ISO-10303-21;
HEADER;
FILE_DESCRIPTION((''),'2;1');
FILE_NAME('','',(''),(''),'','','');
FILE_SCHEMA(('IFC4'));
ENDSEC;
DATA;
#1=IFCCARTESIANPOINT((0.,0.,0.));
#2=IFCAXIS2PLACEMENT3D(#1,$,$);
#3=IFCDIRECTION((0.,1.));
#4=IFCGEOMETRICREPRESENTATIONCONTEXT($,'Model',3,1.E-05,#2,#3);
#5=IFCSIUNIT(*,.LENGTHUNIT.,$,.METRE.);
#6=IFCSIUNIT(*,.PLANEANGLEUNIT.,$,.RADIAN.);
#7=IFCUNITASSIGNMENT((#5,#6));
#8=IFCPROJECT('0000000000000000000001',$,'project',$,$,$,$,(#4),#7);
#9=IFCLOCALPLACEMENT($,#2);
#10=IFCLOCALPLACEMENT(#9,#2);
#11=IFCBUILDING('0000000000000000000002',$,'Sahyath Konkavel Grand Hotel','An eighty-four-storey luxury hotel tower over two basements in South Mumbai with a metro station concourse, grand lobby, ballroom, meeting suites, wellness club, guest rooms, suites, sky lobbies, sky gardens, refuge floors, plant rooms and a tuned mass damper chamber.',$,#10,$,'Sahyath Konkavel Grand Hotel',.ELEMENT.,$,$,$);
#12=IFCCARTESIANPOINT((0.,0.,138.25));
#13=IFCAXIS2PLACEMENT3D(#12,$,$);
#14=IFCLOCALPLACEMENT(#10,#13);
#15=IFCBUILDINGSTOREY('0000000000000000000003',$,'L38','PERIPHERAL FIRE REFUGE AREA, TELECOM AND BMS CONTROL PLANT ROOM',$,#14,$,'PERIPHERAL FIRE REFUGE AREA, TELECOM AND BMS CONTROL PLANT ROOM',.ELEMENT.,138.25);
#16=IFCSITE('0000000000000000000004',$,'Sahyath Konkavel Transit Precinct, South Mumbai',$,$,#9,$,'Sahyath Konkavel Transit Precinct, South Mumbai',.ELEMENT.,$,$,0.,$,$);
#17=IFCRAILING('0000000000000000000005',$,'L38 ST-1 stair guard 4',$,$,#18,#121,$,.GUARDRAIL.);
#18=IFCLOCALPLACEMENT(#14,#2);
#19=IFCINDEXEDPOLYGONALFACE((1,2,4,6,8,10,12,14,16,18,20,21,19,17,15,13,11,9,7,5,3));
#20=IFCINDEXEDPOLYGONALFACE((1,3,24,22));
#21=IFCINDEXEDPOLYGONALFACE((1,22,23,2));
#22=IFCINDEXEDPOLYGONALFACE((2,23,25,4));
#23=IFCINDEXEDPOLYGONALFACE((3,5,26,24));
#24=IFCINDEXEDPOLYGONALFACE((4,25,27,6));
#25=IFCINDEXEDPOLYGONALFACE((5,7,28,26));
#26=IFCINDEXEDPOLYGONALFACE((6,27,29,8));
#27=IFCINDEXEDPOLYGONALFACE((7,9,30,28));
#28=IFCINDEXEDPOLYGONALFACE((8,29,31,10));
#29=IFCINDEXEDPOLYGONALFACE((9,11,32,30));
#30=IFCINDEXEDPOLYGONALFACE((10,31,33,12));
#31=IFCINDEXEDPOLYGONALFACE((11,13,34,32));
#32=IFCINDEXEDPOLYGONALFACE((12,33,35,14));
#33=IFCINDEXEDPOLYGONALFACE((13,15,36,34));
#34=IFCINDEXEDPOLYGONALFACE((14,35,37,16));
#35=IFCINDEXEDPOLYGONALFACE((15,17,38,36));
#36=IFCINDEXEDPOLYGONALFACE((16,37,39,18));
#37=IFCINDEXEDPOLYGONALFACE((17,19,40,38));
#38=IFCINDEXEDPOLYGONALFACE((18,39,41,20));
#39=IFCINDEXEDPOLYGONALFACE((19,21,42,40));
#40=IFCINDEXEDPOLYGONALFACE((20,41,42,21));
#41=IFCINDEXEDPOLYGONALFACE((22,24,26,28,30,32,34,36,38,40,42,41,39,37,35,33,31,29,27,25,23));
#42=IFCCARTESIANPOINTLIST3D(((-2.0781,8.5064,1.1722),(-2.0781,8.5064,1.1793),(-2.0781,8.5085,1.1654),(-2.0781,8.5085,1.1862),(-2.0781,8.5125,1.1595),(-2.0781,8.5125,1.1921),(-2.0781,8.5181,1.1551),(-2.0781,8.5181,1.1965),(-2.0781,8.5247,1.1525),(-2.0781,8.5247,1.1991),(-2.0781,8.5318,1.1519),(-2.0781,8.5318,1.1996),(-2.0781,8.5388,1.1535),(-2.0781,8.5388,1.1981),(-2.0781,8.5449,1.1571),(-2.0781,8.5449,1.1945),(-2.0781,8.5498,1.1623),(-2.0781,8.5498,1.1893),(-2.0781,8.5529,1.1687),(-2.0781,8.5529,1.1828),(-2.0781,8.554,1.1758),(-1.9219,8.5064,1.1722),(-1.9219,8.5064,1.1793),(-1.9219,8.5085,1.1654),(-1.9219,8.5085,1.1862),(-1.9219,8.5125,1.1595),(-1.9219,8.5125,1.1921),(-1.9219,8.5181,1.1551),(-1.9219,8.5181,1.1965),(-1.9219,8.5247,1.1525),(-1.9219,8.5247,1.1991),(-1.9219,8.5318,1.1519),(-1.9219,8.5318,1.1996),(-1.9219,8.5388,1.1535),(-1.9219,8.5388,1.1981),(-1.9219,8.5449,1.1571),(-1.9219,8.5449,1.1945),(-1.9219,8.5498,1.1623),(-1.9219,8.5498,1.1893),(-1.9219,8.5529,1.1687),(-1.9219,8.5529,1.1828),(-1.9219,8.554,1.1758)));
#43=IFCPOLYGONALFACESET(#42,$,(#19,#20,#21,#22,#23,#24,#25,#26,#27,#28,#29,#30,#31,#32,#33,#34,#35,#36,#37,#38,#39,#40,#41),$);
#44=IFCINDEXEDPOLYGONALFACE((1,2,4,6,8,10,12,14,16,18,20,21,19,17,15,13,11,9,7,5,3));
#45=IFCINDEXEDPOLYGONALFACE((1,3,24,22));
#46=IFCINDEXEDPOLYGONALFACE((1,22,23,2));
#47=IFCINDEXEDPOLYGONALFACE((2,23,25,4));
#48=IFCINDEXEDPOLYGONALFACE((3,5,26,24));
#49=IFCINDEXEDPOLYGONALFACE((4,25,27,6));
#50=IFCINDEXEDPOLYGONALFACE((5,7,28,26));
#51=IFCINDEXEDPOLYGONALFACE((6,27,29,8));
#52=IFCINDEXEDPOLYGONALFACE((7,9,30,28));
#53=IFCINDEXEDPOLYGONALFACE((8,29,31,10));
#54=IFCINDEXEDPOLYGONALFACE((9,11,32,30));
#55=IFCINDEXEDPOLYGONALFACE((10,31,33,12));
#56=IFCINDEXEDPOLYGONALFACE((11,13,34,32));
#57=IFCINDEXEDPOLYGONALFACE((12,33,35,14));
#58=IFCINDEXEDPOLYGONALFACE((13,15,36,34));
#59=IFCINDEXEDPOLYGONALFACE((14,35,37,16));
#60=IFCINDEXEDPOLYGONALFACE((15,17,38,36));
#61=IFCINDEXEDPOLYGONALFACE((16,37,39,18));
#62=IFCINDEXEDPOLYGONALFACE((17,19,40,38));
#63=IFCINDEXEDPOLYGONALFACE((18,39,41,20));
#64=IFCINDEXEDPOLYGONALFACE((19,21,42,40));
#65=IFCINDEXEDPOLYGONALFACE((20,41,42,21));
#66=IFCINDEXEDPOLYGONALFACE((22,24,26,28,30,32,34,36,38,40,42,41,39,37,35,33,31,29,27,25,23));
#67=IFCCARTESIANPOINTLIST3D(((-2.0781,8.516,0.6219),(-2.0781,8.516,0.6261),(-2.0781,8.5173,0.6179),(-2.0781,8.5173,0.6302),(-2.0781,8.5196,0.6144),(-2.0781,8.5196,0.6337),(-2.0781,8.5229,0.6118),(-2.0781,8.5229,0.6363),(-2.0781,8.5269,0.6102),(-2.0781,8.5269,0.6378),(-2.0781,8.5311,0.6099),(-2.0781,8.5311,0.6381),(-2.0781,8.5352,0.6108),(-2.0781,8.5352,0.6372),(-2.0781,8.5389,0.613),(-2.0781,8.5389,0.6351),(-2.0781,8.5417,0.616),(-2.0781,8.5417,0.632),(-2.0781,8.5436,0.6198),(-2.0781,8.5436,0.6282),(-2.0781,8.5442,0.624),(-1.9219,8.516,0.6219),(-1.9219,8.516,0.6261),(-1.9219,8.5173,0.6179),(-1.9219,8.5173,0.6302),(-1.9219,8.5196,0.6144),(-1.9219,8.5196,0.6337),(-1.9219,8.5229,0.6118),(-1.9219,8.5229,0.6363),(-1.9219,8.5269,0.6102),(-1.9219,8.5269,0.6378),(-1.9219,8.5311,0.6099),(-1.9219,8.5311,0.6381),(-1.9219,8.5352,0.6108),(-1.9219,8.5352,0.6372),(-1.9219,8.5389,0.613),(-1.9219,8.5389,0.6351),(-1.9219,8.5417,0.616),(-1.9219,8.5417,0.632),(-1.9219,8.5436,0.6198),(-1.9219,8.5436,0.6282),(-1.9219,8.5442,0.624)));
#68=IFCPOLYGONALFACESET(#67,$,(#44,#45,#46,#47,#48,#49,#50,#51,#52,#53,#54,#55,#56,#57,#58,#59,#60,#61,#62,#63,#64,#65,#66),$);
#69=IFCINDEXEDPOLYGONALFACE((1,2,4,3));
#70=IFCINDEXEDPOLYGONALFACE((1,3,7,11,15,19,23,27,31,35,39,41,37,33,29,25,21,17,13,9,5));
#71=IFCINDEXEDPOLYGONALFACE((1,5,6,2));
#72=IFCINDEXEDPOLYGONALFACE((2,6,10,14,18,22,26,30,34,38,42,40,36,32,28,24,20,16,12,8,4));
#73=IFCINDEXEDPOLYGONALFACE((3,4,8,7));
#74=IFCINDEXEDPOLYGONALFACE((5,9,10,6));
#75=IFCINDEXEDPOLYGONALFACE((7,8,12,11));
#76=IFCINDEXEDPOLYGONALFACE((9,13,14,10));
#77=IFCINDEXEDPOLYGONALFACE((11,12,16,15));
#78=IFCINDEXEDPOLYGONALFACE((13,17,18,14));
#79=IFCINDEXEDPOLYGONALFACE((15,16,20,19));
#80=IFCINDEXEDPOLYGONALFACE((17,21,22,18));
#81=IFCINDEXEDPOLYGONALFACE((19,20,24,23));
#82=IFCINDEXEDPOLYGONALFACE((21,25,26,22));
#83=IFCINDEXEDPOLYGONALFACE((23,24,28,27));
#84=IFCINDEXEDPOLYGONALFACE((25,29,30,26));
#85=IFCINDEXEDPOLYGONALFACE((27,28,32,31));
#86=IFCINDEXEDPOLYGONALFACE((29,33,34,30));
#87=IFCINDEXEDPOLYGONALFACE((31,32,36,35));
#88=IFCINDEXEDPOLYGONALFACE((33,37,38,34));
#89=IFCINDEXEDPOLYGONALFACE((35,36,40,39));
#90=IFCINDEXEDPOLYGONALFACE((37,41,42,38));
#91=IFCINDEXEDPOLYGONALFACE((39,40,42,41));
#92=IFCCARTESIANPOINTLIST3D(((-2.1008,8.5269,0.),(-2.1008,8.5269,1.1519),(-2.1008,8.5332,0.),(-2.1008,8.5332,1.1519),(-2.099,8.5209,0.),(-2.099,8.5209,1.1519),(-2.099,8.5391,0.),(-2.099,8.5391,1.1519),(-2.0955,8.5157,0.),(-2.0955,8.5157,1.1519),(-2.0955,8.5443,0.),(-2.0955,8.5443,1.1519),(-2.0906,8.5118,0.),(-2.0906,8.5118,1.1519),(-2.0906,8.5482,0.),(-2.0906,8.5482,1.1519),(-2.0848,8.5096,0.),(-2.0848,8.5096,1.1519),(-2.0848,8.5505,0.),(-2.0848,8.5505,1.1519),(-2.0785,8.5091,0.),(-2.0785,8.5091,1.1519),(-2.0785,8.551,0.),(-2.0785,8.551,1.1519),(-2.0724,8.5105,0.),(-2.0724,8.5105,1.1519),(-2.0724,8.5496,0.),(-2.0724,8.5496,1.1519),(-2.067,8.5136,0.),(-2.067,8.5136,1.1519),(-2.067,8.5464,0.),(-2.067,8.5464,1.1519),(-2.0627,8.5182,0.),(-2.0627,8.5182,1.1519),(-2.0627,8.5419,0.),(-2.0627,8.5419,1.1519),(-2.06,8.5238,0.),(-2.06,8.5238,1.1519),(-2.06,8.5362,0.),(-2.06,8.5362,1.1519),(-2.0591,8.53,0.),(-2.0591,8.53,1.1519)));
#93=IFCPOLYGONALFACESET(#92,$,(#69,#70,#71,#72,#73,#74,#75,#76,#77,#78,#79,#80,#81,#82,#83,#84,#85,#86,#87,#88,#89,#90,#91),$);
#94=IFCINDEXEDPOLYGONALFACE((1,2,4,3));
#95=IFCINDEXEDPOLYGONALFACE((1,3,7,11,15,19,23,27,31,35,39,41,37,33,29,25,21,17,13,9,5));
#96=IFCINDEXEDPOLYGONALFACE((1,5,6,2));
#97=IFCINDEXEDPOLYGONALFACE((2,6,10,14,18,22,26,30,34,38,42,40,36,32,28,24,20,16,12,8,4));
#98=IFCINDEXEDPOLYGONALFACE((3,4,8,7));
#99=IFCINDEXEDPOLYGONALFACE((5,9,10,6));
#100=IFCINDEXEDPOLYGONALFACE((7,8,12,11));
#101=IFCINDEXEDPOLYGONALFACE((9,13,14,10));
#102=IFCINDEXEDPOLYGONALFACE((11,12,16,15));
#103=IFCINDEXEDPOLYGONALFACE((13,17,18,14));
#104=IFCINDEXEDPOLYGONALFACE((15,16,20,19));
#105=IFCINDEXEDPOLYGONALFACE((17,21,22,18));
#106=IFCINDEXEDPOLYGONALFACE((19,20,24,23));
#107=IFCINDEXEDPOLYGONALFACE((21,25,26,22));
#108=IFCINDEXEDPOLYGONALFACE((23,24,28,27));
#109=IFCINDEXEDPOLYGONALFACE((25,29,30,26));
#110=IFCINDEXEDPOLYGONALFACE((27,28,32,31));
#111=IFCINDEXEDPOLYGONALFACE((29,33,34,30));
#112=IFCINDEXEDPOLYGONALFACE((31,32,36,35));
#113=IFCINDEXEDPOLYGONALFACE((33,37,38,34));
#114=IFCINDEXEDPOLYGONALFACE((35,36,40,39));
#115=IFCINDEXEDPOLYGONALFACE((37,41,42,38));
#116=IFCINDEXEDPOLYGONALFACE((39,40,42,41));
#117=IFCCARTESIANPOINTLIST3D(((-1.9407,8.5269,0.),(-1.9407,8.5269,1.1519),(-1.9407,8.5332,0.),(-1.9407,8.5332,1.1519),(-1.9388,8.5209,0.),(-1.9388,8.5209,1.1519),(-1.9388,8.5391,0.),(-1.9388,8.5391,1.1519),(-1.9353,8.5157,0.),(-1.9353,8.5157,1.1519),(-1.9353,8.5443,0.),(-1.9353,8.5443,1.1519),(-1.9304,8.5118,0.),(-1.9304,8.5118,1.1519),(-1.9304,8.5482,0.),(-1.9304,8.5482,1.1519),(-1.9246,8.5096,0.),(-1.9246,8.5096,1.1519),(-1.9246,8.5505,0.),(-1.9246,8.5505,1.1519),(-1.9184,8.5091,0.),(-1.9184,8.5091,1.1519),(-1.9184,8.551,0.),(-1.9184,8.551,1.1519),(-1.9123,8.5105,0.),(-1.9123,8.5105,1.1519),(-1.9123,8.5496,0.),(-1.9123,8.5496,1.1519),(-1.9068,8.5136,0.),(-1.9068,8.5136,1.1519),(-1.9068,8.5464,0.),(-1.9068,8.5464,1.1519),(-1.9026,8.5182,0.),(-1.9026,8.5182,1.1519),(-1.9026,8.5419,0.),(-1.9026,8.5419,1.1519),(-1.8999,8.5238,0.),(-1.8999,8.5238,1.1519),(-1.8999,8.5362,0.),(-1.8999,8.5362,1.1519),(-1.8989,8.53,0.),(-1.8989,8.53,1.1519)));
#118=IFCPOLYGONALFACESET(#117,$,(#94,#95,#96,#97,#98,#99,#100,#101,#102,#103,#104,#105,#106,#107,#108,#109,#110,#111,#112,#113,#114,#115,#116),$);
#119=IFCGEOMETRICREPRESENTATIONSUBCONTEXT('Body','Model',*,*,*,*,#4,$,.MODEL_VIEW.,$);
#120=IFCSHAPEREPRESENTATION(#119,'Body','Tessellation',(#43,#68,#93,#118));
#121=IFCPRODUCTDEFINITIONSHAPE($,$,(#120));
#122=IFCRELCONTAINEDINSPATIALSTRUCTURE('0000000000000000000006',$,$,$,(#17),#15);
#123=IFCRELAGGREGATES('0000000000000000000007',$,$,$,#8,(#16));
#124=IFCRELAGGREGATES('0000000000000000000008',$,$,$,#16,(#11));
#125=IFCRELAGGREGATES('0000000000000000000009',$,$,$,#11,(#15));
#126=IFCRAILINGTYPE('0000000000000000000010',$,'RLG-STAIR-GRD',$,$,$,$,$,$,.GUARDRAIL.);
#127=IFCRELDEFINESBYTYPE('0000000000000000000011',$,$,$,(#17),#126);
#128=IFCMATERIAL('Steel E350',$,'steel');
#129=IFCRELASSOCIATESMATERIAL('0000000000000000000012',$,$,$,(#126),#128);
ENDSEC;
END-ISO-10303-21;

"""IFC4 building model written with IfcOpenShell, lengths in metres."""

from ifc_helpers import new_model, si_unit, direction, frame, origin, origin_2d, place, context, subcontext, project, spatial, circle, extrude, material, type_object, element, save


model = new_model("IFC4")

# Units and contexts
model_context = context("Model", 3, precision=1e-05, world=origin(), true_north=direction((0.0, 1.0)))
body_context = subcontext(model_context, "Body", "Model", "MODEL_VIEW")
ifc_project = project(units=[si_unit("LENGTHUNIT", "METRE"), si_unit("PLANEANGLEUNIT", "RADIAN")], contexts=[model_context])

# Site, building, storey
site_placement = place(None, origin())
site = spatial("IfcSite", under=ifc_project, at=site_placement, Name="Sahyath Konkavel Transit Precinct, South Mumbai", LongName="Sahyath Konkavel Transit Precinct, South Mumbai", CompositionType="ELEMENT", RefElevation=0.0)
building_placement = place(site_placement, origin())
building = spatial("IfcBuilding", under=site, at=building_placement, Name="Sahyath Konkavel Grand Hotel", Description="An eighty-four-storey luxury hotel tower over two basements in South Mumbai with a metro station concourse, grand lobby, ballroom, meeting suites, wellness club, guest rooms, suites, sky lobbies, sky gardens, refuge floors, plant rooms and a tuned mass damper chamber.", LongName="Sahyath Konkavel Grand Hotel", CompositionType="ELEMENT")
storey_placement = place(building_placement, frame((0.0, 0.0, 138.25)))
storey = spatial("IfcBuildingStorey", under=building, at=storey_placement, Name="L38", Description="PERIPHERAL FIRE REFUGE AREA, TELECOM AND BMS CONTROL PLANT ROOM", LongName="PERIPHERAL FIRE REFUGE AREA, TELECOM AND BMS CONTROL PLANT ROOM", CompositionType="ELEMENT", Elevation=138.25)

# Railing
ifc_material_1 = material(Name="Steel E350", Category="steel")
railing_type = type_object("IfcRailingType", Name="RLG-STAIR-GRD", PredefinedType="GUARDRAIL", material=ifc_material_1)
railing_1_placement = place(storey_placement, frame((-2.0801, 8.53, 0.0)))
element("IfcRailing", 1, at=railing_1_placement, inside=storey, type_object=railing_type, Name="L38 ST-1 stair guard 4", PredefinedType="GUARDRAIL", context=body_context, shape_type="SweptSolid", body=[
    extrude(circle(Radius=0.0239, at=origin_2d()), frame((0.002, 0.0, 1.1758), z_axis=(1.0, 0.0, 0.0), x_axis=(0.0, 1.0, 0.0)), (0.0, 0.0, 1.0), 0.1562),
    extrude(circle(Radius=0.0142, at=origin_2d()), frame((0.002, 0.0, 0.624), z_axis=(1.0, 0.0, 0.0), x_axis=(0.0, 1.0, 0.0)), (0.0, 0.0, 1.0), 0.1562),
    extrude(circle(Radius=0.021, at=origin_2d()), origin(), (0.0, 0.0, 1.0), 1.1519),
    extrude(circle(Radius=0.021, at=origin_2d()), frame((0.1602, 0.0, 0.0)), (0.0, 0.0, 1.0), 1.1519),
])

save(model, "model.ifc")
